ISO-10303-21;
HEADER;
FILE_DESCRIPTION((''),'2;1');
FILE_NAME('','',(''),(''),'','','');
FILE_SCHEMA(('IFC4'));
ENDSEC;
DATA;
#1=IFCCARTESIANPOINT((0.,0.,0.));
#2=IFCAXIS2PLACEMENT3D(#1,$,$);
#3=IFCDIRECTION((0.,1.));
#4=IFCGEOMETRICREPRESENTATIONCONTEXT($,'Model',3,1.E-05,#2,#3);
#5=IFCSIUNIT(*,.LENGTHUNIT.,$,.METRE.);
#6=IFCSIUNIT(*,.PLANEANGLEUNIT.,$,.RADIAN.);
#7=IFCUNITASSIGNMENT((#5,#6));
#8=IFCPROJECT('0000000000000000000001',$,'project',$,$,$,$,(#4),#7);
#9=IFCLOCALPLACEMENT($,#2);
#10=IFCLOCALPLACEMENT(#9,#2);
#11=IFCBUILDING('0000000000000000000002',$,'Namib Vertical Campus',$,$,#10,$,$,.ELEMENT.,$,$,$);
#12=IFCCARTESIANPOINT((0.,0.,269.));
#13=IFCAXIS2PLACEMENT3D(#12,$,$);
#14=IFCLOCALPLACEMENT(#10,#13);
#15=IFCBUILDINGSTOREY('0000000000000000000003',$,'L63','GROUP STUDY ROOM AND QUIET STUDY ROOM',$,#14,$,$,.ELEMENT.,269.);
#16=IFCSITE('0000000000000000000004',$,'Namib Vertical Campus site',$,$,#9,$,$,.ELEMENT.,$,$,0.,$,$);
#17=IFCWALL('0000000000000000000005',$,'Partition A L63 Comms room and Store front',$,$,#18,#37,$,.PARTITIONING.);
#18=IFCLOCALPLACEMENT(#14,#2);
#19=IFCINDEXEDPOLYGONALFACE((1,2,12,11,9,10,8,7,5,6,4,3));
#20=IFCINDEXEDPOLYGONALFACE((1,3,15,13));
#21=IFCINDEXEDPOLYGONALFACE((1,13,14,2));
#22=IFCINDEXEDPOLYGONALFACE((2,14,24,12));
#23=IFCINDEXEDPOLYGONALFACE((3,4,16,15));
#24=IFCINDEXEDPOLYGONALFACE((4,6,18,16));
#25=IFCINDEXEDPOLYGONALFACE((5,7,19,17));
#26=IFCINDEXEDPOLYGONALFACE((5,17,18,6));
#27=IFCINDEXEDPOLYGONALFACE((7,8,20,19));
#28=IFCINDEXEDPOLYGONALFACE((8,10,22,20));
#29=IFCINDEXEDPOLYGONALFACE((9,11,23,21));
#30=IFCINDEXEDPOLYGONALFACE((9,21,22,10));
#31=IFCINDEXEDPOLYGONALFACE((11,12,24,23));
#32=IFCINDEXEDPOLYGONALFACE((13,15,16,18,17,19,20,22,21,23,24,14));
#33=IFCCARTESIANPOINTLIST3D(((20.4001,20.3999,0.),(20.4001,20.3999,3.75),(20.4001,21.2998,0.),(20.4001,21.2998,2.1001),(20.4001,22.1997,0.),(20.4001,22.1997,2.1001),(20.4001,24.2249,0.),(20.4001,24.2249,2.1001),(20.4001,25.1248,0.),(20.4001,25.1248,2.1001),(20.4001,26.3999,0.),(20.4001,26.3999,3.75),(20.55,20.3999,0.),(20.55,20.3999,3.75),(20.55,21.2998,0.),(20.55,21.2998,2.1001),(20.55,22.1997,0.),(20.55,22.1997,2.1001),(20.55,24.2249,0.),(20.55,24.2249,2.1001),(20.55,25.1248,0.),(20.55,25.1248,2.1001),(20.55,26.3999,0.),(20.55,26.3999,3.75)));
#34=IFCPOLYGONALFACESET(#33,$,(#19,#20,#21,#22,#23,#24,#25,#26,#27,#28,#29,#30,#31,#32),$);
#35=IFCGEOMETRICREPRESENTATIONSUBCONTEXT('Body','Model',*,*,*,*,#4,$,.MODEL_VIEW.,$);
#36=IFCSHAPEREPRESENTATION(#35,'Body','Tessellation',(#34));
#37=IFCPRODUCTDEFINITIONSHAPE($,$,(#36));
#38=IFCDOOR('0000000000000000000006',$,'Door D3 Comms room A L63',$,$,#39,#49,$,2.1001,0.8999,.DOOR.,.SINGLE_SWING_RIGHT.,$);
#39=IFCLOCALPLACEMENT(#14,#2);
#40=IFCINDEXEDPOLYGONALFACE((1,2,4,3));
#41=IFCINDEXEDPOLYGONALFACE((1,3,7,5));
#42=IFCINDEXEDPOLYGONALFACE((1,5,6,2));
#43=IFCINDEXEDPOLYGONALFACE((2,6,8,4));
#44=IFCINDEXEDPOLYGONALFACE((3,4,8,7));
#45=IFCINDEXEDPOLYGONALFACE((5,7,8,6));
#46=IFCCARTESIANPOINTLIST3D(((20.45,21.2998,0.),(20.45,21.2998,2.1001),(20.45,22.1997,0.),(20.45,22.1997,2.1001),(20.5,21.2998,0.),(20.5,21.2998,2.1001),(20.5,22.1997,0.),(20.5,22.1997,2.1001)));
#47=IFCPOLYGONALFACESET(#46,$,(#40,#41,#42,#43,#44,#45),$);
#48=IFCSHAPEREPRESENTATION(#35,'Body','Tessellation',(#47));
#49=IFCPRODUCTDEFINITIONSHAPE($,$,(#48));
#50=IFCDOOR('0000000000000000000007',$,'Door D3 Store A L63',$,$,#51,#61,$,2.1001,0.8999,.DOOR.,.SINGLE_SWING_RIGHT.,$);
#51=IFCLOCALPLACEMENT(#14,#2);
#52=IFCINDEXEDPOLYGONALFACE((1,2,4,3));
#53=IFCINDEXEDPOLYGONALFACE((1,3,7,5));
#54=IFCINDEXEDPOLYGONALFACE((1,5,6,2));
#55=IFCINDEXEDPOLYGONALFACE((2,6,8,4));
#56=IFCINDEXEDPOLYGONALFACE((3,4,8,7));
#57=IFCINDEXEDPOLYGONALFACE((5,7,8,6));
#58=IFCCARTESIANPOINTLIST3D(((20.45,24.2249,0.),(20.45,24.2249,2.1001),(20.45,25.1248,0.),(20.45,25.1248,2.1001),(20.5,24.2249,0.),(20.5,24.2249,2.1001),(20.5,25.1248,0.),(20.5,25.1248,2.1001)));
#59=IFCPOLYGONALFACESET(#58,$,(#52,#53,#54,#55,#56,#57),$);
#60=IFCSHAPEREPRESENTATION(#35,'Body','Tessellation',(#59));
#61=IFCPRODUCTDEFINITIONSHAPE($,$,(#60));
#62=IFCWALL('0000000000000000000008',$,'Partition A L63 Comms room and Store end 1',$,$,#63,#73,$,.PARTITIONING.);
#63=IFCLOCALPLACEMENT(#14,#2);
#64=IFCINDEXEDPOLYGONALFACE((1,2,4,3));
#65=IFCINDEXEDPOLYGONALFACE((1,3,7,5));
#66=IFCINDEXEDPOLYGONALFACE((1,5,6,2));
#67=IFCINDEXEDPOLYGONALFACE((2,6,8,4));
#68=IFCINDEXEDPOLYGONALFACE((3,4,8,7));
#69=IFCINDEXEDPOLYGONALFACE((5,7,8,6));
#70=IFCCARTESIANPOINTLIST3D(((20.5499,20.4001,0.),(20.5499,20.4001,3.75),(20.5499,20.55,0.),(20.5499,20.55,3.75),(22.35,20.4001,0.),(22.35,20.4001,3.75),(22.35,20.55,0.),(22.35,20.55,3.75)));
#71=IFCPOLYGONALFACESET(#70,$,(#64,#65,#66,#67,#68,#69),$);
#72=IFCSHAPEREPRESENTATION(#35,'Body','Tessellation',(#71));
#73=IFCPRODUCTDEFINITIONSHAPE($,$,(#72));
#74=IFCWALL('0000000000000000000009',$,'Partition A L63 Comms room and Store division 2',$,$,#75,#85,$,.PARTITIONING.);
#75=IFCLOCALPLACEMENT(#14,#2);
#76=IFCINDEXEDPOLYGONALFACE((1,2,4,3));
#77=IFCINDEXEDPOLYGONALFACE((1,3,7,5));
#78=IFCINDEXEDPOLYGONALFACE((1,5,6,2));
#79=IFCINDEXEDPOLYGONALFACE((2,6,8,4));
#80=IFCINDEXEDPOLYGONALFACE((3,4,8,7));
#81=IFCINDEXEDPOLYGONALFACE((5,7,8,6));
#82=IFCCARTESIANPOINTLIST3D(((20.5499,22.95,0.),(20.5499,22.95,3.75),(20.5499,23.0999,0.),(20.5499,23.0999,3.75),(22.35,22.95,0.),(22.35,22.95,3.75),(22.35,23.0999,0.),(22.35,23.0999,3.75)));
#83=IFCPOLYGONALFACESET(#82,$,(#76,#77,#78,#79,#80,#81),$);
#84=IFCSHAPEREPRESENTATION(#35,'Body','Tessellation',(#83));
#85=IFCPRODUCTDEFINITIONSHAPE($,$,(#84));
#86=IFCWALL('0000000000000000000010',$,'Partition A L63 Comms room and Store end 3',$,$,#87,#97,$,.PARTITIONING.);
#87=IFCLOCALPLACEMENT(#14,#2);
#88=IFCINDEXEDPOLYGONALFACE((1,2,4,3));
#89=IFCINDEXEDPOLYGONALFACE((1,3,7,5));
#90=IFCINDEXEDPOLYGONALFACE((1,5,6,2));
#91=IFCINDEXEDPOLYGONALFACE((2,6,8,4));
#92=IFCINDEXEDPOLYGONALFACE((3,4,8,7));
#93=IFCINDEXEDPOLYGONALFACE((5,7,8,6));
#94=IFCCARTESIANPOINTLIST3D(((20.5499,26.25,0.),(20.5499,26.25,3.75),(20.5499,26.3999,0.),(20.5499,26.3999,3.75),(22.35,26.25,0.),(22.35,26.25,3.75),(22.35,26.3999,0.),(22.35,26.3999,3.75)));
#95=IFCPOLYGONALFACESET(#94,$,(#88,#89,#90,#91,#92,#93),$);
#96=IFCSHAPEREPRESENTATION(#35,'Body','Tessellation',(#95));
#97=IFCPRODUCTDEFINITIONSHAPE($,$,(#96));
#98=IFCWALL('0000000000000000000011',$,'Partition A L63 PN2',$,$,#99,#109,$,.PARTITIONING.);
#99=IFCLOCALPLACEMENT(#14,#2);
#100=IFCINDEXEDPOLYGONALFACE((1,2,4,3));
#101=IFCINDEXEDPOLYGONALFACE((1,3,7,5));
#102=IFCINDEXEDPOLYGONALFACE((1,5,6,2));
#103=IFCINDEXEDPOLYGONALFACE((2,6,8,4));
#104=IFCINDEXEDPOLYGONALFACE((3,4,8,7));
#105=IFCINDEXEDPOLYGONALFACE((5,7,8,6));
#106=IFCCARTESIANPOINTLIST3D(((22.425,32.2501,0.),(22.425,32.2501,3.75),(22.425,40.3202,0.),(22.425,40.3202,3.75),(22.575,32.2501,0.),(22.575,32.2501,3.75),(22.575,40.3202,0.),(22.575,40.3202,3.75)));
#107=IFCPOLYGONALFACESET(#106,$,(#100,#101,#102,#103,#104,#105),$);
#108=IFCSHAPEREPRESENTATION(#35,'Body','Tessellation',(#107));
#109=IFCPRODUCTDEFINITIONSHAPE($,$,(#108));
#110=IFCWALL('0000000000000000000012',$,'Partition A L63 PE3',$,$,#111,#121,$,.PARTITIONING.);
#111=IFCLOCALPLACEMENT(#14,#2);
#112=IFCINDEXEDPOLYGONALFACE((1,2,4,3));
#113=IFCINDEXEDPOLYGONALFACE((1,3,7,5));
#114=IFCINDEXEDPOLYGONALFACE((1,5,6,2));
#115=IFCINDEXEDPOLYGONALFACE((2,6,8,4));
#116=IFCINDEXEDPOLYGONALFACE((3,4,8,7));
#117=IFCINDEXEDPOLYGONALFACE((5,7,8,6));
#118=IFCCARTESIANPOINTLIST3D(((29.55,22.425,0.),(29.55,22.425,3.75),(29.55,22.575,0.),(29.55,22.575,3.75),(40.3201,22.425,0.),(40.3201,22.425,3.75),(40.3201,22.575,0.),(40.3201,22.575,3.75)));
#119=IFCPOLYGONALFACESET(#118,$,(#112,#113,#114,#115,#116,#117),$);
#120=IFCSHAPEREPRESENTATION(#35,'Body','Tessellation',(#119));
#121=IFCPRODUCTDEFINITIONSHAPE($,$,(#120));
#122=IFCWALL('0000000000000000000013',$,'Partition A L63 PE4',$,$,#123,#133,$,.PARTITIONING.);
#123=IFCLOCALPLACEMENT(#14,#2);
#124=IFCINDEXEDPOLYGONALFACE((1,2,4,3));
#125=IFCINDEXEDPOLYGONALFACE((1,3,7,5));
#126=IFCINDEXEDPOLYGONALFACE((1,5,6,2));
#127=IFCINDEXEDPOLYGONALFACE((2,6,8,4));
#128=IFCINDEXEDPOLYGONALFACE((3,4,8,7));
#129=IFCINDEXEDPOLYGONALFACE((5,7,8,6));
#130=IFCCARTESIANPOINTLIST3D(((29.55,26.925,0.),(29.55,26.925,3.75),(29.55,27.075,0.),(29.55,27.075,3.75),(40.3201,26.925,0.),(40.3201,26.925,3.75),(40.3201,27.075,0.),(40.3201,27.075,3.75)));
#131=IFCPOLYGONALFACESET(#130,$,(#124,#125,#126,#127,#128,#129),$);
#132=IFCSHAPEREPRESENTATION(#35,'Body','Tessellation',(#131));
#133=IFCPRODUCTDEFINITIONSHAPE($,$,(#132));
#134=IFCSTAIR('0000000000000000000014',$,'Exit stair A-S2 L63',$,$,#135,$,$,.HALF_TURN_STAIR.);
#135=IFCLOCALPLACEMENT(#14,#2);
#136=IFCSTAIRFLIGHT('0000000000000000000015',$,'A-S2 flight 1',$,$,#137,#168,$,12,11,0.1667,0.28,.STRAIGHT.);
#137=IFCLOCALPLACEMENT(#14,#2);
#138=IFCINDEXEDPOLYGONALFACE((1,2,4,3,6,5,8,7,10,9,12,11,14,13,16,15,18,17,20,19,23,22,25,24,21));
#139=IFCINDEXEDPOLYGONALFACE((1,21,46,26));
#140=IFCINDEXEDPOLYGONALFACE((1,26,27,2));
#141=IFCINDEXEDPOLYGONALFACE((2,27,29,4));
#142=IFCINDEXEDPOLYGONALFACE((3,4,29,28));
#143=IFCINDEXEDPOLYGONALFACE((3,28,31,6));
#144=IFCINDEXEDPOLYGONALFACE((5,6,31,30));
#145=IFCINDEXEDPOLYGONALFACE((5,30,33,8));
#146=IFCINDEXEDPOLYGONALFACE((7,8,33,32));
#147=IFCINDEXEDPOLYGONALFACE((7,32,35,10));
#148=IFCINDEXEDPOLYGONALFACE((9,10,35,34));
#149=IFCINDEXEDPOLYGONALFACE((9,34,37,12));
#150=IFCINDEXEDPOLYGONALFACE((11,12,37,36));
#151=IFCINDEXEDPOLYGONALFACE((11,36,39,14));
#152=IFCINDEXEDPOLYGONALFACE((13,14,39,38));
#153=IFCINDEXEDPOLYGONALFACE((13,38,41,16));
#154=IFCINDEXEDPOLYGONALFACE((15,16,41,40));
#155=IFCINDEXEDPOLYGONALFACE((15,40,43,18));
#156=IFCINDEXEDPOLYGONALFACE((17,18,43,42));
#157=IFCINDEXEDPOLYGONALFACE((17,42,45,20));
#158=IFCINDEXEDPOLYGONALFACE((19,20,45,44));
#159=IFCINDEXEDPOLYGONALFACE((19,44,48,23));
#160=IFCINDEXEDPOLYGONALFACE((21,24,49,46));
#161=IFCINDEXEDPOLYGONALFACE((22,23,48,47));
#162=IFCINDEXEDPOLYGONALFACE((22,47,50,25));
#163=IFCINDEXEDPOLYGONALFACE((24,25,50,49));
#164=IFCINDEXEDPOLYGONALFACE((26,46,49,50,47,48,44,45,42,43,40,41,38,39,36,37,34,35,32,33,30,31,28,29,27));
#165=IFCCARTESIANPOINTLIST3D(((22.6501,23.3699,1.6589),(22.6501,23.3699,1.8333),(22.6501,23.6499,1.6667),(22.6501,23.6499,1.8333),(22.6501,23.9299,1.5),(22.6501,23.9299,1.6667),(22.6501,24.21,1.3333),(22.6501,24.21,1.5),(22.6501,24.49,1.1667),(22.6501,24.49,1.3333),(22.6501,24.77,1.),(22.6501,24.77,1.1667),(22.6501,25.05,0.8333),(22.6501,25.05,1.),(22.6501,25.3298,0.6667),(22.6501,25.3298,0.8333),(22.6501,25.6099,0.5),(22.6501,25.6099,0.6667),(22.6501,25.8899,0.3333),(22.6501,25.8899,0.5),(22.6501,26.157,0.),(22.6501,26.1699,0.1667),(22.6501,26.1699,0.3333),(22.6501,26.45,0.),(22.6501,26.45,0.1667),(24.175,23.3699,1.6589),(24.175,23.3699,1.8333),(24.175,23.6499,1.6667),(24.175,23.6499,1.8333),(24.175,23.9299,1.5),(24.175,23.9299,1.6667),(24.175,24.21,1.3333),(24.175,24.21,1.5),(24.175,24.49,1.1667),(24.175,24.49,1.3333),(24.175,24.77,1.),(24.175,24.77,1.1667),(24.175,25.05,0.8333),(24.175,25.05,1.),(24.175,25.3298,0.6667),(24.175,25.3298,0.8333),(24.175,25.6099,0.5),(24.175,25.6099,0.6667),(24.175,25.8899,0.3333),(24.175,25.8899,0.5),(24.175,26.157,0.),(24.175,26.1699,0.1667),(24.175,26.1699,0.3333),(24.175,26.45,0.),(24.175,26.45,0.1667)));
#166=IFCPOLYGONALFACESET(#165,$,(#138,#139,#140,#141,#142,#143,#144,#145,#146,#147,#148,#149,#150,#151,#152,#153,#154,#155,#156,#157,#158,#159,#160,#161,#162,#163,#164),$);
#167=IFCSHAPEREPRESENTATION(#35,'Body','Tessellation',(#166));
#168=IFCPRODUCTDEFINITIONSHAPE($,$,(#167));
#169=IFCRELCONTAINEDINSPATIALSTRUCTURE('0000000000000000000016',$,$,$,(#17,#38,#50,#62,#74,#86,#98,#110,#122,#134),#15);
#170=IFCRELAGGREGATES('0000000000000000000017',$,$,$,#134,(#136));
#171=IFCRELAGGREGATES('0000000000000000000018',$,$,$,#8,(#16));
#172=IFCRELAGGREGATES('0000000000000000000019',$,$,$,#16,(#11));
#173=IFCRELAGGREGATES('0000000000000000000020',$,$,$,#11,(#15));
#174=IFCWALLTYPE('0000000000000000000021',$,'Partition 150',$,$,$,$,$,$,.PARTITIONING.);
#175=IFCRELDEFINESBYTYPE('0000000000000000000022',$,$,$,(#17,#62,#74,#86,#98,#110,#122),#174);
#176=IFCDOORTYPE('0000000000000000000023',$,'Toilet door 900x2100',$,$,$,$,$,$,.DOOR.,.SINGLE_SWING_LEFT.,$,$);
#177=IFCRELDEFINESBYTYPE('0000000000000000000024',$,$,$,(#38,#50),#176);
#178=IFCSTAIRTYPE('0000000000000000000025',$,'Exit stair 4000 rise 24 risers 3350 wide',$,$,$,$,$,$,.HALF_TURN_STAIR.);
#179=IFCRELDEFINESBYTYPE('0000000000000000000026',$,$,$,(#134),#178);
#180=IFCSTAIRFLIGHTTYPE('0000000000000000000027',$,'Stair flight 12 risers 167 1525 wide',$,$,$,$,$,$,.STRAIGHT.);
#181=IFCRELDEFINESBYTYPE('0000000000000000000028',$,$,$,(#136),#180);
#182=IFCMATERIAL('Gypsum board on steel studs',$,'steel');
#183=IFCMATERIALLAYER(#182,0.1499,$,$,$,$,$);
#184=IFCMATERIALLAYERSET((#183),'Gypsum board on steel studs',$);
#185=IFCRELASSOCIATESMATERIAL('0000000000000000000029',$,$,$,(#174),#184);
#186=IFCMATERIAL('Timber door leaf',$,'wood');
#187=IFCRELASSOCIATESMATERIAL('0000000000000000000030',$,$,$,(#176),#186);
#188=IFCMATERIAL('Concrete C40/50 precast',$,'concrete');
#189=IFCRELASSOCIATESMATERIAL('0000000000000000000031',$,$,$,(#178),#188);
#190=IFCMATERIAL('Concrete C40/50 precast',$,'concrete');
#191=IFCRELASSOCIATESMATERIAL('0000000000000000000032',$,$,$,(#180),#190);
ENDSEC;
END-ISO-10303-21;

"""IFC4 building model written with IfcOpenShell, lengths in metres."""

from ifc_helpers import new_model, si_unit, direction, frame, frame_2d, origin, place, context, subcontext, project, spatial, polyline, rectangle, outline, extrude, material, layer, layer_set, type_object, element, fill, aggregate, save


model = new_model("IFC4")

# Units and contexts
model_context = context("Model", 3, precision=1e-05, world=origin(), true_north=direction((0.0, 1.0)))
body_context = subcontext(model_context, "Body", "Model", "MODEL_VIEW")
ifc_project = project(units=[si_unit("LENGTHUNIT", "METRE"), si_unit("PLANEANGLEUNIT", "RADIAN")], contexts=[model_context])

# Site, building, storey
site_placement = place(None, origin())
site = spatial("IfcSite", under=ifc_project, at=site_placement, Name="Namib Vertical Campus site", CompositionType="ELEMENT", RefElevation=0.0)
building_placement = place(site_placement, origin())
building = spatial("IfcBuilding", under=site, at=building_placement, Name="Namib Vertical Campus", CompositionType="ELEMENT")
storey_placement = place(building_placement, frame((0.0, 0.0, 269.0)))
storey = spatial("IfcBuildingStorey", under=building, at=storey_placement, Name="L63", Description="GROUP STUDY ROOM AND QUIET STUDY ROOM", CompositionType="ELEMENT", Elevation=269.0)

# Wall, openings, doors
ifc_material_1 = material(Name="Gypsum board on steel studs", Category="steel")
ifc_layer_1 = layer(ifc_material_1, 0.1499)
ifc_layer_set_1 = layer_set([ifc_layer_1], Name="Gypsum board on steel studs")
wall_type_1 = type_object("IfcWallType", Name="Partition 150", PredefinedType="PARTITIONING", material=ifc_layer_set_1)
wall_1_placement = place(storey_placement, frame((20.4751, 20.3999, 0.0), z_axis=(0.0, 0.0, 1.0), x_axis=(0.0, 1.0, 0.0)))
wall_1 = element("IfcWall", 1, at=wall_1_placement, inside=storey, type_object=wall_type_1, Name="Partition A L63 Comms room and Store front", PredefinedType="PARTITIONING", context=body_context, shape_type="SweptSolid", body=[
    extrude(rectangle(XDim=6.0, YDim=0.1499, at=frame_2d((3.0, 0.0))), origin(), (0.0, 0.0, 1.0), 3.75),
])
opening_1_placement = place(wall_1_placement, frame((0.8999, 0.0, 0.0)))
opening_1 = element("IfcOpeningElement", 2, at=opening_1_placement, cuts=wall_1, PredefinedType="OPENING", context=body_context, shape_type="SweptSolid", body=[
    extrude(rectangle(XDim=0.8999, YDim=2.1001, at=frame_2d((0.45, 1.05))), frame((0.0, 0.085, 0.0), z_axis=(0.0, -1.0, 0.0), x_axis=(1.0, 0.0, 0.0)), (0.0, 0.0, 1.0), 0.1699),
])
opening_2_placement = place(wall_1_placement, frame((3.825, 0.0, 0.0)))
opening_2 = element("IfcOpeningElement", 3, at=opening_2_placement, cuts=wall_1, PredefinedType="OPENING", context=body_context, shape_type="SweptSolid", body=[
    extrude(rectangle(XDim=0.8999, YDim=2.1001, at=frame_2d((0.45, 1.05))), frame((0.0, 0.085, 0.0), z_axis=(0.0, -1.0, 0.0), x_axis=(1.0, 0.0, 0.0)), (0.0, 0.0, 1.0), 0.1699),
])
ifc_material_2 = material(Name="Timber door leaf", Category="wood")
door_type_1 = type_object("IfcDoorType", Name="Toilet door 900x2100", OperationType="SINGLE_SWING_LEFT", PredefinedType="DOOR", material=ifc_material_2)
door_1_placement = place(opening_1_placement, frame((0.8999, 0.0, 0.0), z_axis=(0.0, 0.0, 1.0), x_axis=(-1.0, 0.0, 0.0)))
door_1 = element("IfcDoor", 4, at=door_1_placement, inside=storey, type_object=door_type_1, Name="Door D3 Comms room A L63", OperationType="SINGLE_SWING_RIGHT", OverallHeight=2.1001, OverallWidth=0.8999, PredefinedType="DOOR", context=body_context, shape_type="SweptSolid", body=[
    extrude(rectangle(XDim=0.8999, YDim=2.1001, at=frame_2d((0.45, 1.05))), frame((0.0, 0.0249, 0.0), z_axis=(0.0, -1.0, 0.0), x_axis=(1.0, 0.0, 0.0)), (0.0, 0.0, 1.0), 0.05),
])
fill(opening_1, door_1)
door_2_placement = place(opening_2_placement, frame((0.8999, 0.0, 0.0), z_axis=(0.0, 0.0, 1.0), x_axis=(-1.0, 0.0, 0.0)))
door_2 = element("IfcDoor", 5, at=door_2_placement, inside=storey, type_object=door_type_1, Name="Door D3 Store A L63", OperationType="SINGLE_SWING_RIGHT", OverallHeight=2.1001, OverallWidth=0.8999, PredefinedType="DOOR", context=body_context, shape_type="SweptSolid", body=[
    extrude(rectangle(XDim=0.8999, YDim=2.1001, at=frame_2d((0.45, 1.05))), frame((0.0, 0.0249, 0.0), z_axis=(0.0, -1.0, 0.0), x_axis=(1.0, 0.0, 0.0)), (0.0, 0.0, 1.0), 0.05),
])
fill(opening_2, door_2)

# Walls
for number, where, z_axis, x_axis, name in (
    (6, (20.55, 20.4751, 0.0), (0.0, 0.0, 1.0), (1.0, 0.0, 0.0), "Partition A L63 Comms room and Store end 1"),
    (7, (20.55, 23.0249, 0.0), (0.0, 0.0, 1.0), (1.0, 0.0, 0.0), "Partition A L63 Comms room and Store division 2"),
    (8, (20.55, 26.325, 0.0), (0.0, 0.0, 1.0), (1.0, 0.0, 0.0), "Partition A L63 Comms room and Store end 3"),
):
    element("IfcWall", number, at=place(storey_placement, frame(where, z_axis=z_axis, x_axis=x_axis)), inside=storey, type_object=wall_type_1, Name=name, PredefinedType="PARTITIONING", context=body_context, shape_type="SweptSolid", body=[
        extrude(rectangle(XDim=1.8, YDim=0.1499, at=frame_2d((0.8999, 0.0))), origin(), (0.0, 0.0, 1.0), 3.75),
    ])
wall_2_placement = place(storey_placement, frame((22.5, 32.25, 0.0), z_axis=(0.0, 0.0, 1.0), x_axis=(0.0, 1.0, 0.0)))
element("IfcWall", 9, at=wall_2_placement, inside=storey, type_object=wall_type_1, Name="Partition A L63 PN2", PredefinedType="PARTITIONING", context=body_context, shape_type="SweptSolid", body=[
    extrude(rectangle(XDim=8.0701, YDim=0.1499, at=frame_2d((4.0352, 0.0))), origin(), (0.0, 0.0, 1.0), 3.75),
])
for number, where, z_axis, x_axis, name in (
    (10, (29.55, 22.5, 0.0), (0.0, 0.0, 1.0), (1.0, 0.0, 0.0), "Partition A L63 PE3"),
    (11, (29.55, 27.0, 0.0), (0.0, 0.0, 1.0), (1.0, 0.0, 0.0), "Partition A L63 PE4"),
):
    element("IfcWall", number, at=place(storey_placement, frame(where, z_axis=z_axis, x_axis=x_axis)), inside=storey, type_object=wall_type_1, Name=name, PredefinedType="PARTITIONING", context=body_context, shape_type="SweptSolid", body=[
        extrude(rectangle(XDim=10.77, YDim=0.1499, at=frame_2d((5.385, 0.0))), origin(), (0.0, 0.0, 1.0), 3.75),
    ])

# Stair, stair flight
ifc_material_3 = material(Name="Concrete C40/50 precast", Category="concrete")
stair_type = type_object("IfcStairType", Name="Exit stair 4000 rise 24 risers 3350 wide", PredefinedType="HALF_TURN_STAIR", material=ifc_material_3)
stair_placement = place(storey_placement, origin())
stair = element("IfcStair", 12, at=stair_placement, inside=storey, type_object=stair_type, Name="Exit stair A-S2 L63", PredefinedType="HALF_TURN_STAIR")
ifc_material_4 = material(Name="Concrete C40/50 precast", Category="concrete")
stair_flight_type = type_object("IfcStairFlightType", Name="Stair flight 12 risers 167 1525 wide", PredefinedType="STRAIGHT", material=ifc_material_4)
stair_flight_1_placement = place(storey_placement, frame((23.4126, 26.45, 0.0), z_axis=(0.0, 0.0, 1.0), x_axis=(0.0, -1.0, 0.0)))
stair_flight_1 = element("IfcStairFlight", 13, at=stair_flight_1_placement, type_object=stair_flight_type, Name="A-S2 flight 1", NumberOfRisers=12, NumberOfTreads=11, PredefinedType="STRAIGHT", RiserHeight=0.1667, TreadLength=0.28, context=body_context, shape_type="SweptSolid", body=[
    extrude(outline(polyline([(0.0, 0.0), (0.0, 0.1667), (0.28, 0.1667), (0.28, 0.3333), (0.5601, 0.3333), (0.5601, 0.5), (0.8401, 0.5), (0.8401, 0.6667), (1.1201, 0.6667), (1.1201, 0.8333), (1.3999, 0.8333), (1.3999, 1.0), (1.6799, 1.0), (1.6799, 1.1667), (1.96, 1.1667), (1.96, 1.3333), (2.24, 1.3333), (2.24, 1.5), (2.52, 1.5), (2.52, 1.6667), (2.8, 1.6667), (2.8, 1.8333), (3.0801, 1.8333), (3.0801, 2.0), (3.0801, 1.6589), (0.293, 0.0), (0.0, 0.0)])), frame((0.0, 0.7625, 0.0), z_axis=(0.0, -1.0, 0.0), x_axis=(1.0, 0.0, 0.0)), (0.0, 0.0, 1.0), 1.5249),
])
aggregate(stair, [stair_flight_1])

save(model, "model.ifc")
